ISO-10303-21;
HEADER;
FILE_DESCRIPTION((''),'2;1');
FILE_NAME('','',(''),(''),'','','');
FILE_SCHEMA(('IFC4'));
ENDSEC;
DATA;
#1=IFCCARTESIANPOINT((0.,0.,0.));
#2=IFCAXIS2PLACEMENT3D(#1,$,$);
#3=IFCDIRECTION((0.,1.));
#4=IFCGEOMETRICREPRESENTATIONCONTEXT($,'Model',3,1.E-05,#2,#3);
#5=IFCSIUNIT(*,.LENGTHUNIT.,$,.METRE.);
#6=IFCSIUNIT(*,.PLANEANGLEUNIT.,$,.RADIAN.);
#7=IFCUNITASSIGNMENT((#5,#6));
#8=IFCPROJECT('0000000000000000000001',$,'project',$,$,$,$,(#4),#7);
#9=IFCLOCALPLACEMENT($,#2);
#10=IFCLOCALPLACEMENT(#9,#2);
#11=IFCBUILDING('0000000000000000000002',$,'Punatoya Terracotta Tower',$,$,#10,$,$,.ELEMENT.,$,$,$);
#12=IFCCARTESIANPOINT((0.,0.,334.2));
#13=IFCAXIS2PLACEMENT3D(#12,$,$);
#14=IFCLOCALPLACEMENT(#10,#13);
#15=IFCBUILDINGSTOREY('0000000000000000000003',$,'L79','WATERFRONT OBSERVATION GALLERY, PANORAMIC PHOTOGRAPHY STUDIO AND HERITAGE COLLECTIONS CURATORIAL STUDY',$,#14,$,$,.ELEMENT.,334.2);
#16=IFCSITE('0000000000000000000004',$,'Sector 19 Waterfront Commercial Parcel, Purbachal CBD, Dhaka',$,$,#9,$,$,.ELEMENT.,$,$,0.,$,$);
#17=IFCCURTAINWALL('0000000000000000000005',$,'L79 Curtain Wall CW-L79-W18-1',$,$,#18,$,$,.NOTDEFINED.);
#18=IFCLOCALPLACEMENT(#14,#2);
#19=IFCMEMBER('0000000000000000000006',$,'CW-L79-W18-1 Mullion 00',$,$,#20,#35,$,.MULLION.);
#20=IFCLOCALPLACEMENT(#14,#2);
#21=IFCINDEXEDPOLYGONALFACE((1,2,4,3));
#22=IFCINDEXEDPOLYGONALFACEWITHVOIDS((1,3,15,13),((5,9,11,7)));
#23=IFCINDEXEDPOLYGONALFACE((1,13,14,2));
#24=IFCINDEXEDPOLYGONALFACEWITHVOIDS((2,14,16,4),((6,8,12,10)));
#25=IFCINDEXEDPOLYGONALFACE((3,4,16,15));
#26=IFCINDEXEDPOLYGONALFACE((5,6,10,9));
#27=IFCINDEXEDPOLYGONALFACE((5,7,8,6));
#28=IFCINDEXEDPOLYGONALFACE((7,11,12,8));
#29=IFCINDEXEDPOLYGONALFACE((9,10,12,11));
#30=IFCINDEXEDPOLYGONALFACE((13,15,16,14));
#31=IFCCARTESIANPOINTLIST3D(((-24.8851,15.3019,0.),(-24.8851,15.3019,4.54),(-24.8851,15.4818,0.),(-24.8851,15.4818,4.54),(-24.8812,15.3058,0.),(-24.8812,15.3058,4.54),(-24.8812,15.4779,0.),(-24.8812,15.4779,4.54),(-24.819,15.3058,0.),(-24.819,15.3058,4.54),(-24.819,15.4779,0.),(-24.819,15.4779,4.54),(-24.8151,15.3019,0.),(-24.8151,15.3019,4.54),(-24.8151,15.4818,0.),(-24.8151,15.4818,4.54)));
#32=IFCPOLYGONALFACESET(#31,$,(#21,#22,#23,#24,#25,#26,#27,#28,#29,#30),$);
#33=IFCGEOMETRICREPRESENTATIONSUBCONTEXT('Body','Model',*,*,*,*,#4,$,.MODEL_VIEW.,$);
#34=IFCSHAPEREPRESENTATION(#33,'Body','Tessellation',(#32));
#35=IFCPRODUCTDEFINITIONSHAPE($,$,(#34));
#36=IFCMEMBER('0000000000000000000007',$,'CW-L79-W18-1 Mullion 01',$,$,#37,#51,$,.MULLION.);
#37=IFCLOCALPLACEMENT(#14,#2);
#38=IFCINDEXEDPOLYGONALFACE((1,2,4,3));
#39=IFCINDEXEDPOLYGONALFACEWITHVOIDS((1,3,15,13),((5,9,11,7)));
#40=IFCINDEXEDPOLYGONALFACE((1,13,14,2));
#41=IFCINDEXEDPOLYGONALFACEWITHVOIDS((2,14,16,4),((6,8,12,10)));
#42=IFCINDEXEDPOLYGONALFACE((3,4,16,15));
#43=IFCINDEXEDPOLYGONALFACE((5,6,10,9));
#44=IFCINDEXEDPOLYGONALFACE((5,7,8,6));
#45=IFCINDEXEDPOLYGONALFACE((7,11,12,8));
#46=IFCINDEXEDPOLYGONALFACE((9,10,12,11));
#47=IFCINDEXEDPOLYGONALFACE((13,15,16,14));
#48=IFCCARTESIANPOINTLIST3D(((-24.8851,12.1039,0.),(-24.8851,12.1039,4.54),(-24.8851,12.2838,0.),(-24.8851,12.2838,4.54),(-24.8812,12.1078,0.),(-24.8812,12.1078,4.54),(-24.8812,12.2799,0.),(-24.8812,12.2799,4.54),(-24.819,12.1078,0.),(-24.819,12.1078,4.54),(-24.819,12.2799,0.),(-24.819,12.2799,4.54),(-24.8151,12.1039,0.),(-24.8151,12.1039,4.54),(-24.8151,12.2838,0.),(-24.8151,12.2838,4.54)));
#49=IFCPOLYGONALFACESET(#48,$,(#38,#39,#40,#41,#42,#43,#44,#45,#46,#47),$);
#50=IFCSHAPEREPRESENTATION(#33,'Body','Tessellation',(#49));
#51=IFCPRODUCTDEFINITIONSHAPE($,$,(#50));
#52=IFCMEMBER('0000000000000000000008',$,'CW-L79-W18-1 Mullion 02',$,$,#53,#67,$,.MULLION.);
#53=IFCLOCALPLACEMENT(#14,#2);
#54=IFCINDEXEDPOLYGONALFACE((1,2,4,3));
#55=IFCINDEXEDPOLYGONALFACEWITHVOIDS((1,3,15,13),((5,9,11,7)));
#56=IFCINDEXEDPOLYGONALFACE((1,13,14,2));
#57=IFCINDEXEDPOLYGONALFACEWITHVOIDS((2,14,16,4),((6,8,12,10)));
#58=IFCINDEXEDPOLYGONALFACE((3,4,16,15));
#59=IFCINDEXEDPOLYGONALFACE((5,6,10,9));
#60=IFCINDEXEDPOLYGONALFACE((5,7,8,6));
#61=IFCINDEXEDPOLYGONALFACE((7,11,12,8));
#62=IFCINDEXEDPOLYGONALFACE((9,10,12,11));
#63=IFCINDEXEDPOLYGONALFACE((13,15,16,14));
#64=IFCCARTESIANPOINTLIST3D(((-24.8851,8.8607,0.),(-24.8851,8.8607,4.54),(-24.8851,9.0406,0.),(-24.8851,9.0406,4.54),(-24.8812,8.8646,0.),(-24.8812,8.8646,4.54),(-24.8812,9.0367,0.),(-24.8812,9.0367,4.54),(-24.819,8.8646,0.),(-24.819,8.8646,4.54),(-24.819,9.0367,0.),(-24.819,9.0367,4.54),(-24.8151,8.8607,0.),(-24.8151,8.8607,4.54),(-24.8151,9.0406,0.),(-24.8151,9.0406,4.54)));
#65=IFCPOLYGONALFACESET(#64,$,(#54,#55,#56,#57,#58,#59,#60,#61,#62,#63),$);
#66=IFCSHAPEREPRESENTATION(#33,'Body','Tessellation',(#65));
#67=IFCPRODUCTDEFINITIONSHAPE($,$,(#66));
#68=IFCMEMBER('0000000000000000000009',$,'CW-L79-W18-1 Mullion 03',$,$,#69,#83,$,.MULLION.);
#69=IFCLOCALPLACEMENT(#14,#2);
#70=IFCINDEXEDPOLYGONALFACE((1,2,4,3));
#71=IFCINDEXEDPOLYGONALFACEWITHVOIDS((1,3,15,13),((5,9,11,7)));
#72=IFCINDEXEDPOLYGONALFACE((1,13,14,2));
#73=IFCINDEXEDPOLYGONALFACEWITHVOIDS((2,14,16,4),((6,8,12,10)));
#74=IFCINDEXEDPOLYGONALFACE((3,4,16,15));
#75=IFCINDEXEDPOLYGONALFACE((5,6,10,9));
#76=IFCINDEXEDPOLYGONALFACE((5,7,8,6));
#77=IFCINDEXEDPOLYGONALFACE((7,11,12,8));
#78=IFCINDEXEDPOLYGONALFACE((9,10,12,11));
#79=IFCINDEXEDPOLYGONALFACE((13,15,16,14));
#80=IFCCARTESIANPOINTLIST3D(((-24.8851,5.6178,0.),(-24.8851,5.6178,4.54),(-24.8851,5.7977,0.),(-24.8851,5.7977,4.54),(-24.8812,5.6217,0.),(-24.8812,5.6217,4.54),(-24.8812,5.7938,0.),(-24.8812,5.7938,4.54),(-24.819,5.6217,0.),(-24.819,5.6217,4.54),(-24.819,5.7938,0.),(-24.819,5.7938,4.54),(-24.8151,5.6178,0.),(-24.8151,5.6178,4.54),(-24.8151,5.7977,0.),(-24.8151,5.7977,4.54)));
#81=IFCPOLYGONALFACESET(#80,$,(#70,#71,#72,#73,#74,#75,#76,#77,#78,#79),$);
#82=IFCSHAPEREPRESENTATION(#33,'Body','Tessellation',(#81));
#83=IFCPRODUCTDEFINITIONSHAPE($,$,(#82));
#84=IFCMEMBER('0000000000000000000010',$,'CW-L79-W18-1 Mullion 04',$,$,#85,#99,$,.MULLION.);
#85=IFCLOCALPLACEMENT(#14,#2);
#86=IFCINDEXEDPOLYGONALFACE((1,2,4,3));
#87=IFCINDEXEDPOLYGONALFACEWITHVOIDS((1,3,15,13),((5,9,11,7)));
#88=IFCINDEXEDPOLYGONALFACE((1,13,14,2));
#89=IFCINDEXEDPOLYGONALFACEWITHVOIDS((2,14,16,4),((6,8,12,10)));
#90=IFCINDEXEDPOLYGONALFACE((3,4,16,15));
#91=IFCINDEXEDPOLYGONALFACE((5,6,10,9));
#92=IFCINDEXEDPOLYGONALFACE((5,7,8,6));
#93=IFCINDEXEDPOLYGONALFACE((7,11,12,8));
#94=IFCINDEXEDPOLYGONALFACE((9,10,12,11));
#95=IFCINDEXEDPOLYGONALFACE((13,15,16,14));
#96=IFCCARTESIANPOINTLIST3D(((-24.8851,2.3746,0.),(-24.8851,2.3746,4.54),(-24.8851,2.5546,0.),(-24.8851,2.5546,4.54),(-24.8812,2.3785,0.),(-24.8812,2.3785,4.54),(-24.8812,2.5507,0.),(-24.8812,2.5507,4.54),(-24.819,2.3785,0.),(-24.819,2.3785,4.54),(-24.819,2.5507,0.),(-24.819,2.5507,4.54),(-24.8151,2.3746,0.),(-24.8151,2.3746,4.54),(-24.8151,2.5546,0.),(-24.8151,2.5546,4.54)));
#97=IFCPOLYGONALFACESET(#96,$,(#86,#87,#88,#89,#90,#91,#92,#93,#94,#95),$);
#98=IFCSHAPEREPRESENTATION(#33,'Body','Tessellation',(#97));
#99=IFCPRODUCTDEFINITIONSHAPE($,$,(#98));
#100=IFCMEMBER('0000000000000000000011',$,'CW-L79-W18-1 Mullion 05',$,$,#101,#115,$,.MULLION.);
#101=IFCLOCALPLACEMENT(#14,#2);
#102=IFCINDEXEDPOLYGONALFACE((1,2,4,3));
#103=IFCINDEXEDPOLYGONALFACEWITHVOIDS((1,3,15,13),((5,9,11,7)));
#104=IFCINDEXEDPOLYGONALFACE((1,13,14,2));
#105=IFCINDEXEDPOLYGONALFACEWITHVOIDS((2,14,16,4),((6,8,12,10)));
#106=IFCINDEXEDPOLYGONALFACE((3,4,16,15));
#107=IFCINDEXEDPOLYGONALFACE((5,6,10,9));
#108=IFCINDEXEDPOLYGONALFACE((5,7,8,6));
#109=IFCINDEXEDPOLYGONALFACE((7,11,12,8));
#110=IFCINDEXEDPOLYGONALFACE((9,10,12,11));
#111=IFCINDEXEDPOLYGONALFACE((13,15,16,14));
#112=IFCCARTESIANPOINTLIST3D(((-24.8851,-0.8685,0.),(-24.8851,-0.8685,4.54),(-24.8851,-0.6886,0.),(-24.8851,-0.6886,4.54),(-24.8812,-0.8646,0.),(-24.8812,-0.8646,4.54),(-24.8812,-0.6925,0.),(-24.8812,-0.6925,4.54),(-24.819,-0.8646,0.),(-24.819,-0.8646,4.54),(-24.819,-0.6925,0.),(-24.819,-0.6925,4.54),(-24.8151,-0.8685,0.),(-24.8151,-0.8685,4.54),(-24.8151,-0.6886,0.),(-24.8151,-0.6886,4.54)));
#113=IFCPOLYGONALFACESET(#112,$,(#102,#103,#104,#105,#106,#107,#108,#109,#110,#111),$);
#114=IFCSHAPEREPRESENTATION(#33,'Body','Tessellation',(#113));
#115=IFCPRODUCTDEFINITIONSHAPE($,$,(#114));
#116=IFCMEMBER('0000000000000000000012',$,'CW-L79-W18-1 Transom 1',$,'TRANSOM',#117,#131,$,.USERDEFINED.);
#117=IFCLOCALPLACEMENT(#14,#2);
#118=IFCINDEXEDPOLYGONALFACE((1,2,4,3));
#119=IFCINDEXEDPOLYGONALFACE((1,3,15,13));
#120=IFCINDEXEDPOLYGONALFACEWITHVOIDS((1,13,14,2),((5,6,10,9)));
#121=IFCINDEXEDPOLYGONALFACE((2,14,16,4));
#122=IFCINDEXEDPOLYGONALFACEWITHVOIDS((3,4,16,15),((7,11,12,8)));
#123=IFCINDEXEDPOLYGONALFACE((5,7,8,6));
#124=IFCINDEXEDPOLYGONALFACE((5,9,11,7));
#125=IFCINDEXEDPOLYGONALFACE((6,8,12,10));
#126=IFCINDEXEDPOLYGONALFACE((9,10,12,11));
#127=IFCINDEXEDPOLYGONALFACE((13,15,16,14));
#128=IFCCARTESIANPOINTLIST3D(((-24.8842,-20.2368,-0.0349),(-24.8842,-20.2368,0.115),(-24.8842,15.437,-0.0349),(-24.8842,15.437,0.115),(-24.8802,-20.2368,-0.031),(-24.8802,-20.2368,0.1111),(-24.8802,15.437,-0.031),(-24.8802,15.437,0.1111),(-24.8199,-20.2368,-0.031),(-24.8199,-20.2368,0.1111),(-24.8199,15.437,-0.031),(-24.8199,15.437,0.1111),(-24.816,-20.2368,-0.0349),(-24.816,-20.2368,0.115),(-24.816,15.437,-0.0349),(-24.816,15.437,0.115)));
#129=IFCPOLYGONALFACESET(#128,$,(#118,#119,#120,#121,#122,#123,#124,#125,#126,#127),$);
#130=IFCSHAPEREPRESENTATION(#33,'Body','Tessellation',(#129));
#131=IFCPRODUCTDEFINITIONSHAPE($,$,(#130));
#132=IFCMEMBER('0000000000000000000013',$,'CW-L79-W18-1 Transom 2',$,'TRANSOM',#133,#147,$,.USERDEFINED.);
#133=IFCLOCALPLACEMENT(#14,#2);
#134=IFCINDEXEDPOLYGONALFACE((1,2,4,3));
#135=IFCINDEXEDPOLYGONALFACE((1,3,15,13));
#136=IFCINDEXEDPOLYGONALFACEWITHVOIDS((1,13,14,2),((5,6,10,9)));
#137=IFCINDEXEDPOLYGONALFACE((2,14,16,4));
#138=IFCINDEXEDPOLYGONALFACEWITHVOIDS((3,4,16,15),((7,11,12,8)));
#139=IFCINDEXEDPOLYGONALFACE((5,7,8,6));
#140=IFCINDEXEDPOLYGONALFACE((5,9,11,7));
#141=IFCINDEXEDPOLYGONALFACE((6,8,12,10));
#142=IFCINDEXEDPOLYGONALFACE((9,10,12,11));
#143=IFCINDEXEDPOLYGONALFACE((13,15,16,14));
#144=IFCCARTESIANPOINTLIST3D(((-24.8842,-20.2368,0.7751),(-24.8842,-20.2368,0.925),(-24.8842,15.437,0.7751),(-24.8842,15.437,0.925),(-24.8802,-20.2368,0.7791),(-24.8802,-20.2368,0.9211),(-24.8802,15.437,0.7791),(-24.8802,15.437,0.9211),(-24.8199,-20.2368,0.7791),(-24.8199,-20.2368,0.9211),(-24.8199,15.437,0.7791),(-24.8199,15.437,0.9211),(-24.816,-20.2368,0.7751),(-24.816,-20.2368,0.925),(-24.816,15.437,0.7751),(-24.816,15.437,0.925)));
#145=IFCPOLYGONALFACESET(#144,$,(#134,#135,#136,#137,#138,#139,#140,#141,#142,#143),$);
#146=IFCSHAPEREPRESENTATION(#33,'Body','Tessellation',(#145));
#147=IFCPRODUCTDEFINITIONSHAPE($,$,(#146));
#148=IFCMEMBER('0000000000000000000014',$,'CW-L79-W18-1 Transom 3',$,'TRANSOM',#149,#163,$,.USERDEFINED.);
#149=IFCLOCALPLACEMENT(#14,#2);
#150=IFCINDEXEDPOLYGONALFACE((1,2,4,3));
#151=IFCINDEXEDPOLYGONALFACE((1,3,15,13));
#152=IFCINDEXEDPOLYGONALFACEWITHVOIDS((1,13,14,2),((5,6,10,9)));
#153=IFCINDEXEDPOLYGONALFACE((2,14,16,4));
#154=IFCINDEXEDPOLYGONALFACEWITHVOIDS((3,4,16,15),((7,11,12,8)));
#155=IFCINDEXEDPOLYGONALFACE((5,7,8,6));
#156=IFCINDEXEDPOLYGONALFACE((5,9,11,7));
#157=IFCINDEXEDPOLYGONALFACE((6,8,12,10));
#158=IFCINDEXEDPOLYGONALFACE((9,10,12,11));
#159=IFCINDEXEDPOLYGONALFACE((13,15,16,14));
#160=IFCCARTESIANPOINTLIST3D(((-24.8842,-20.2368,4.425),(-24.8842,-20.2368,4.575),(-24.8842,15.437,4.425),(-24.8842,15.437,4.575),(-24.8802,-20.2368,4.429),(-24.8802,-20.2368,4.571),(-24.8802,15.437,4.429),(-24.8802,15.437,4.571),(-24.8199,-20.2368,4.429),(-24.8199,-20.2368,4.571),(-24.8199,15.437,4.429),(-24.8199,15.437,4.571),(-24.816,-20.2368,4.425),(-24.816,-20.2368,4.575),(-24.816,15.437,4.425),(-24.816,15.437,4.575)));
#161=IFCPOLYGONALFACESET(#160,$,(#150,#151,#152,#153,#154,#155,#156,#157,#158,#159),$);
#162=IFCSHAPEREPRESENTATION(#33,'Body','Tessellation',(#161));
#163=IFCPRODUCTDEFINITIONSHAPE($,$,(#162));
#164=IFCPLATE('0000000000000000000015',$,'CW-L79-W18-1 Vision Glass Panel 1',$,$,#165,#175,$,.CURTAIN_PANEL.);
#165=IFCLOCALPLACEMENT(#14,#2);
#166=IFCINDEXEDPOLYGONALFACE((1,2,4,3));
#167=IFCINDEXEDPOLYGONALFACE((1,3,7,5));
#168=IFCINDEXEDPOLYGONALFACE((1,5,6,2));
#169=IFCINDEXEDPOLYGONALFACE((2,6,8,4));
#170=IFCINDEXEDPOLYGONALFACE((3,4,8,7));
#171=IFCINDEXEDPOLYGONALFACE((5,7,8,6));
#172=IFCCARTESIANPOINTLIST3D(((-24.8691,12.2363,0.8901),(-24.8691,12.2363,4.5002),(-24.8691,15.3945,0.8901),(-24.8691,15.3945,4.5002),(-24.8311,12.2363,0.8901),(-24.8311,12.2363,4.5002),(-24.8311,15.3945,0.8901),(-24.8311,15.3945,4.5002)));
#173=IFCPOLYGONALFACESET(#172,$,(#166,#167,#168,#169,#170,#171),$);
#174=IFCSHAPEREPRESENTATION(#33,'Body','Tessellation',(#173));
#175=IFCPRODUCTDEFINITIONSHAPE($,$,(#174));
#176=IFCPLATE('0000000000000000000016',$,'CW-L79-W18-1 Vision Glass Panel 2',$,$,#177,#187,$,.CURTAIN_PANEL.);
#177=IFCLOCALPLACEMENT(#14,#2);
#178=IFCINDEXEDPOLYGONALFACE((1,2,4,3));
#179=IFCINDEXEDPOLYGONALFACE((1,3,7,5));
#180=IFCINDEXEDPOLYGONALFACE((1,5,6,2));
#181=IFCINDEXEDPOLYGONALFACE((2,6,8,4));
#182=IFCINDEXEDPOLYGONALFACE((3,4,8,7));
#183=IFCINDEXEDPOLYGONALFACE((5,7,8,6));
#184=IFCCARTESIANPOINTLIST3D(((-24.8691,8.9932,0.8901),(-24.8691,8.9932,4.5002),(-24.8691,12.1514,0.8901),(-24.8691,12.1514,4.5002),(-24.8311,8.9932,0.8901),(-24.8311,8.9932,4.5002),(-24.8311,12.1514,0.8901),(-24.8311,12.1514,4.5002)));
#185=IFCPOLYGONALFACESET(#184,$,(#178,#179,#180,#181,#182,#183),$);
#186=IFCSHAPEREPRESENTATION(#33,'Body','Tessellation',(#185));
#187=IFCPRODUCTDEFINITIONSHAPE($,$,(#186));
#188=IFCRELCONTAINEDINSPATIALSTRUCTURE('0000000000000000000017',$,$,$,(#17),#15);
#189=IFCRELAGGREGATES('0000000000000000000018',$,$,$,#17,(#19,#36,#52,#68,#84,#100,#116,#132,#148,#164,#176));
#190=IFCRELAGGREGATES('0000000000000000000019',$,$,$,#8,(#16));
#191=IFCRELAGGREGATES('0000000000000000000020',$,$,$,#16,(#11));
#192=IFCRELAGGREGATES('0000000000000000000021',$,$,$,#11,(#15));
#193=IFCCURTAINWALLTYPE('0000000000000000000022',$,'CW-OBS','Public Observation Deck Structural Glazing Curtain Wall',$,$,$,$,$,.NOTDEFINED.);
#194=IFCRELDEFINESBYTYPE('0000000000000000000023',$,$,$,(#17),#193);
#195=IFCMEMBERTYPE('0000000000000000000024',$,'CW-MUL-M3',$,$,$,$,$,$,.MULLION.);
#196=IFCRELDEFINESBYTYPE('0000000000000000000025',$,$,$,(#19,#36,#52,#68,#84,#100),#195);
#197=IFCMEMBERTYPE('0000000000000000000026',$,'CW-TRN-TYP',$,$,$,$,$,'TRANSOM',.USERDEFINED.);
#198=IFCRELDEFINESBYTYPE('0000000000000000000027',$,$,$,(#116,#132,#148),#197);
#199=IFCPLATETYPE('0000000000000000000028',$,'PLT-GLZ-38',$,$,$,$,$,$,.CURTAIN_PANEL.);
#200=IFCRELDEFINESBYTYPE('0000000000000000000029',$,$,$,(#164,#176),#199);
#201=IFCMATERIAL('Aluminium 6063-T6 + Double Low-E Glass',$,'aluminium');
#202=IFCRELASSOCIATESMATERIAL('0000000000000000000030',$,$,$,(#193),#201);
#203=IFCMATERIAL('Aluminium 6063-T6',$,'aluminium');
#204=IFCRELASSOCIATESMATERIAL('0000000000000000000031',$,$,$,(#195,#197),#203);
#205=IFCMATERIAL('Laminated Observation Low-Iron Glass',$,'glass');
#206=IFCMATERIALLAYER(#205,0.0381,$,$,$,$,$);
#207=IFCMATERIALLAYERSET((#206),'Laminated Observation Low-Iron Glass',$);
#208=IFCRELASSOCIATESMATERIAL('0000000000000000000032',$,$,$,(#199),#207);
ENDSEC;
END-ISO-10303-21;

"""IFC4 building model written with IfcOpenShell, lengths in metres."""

from ifc_helpers import new_model, si_unit, direction, frame, origin, origin_2d, place, context, subcontext, project, spatial, rectangle, hollow_rectangle, extrude, material, layer, layer_set, material_profile, profile_set, type_object, element, aggregate, save


model = new_model("IFC4")

# Units and contexts
model_context = context("Model", 3, precision=1e-05, world=origin(), true_north=direction((0.0, 1.0)))
body_context = subcontext(model_context, "Body", "Model", "MODEL_VIEW")
ifc_project = project(units=[si_unit("LENGTHUNIT", "METRE"), si_unit("PLANEANGLEUNIT", "RADIAN")], contexts=[model_context])

# Site, building, storey
site_placement = place(None, origin())
site = spatial("IfcSite", under=ifc_project, at=site_placement, Name="Sector 19 Waterfront Commercial Parcel, Purbachal CBD, Dhaka", CompositionType="ELEMENT", RefElevation=0.0)
building_placement = place(site_placement, origin())
building = spatial("IfcBuilding", under=site, at=building_placement, Name="Punatoya Terracotta Tower", CompositionType="ELEMENT")
storey_placement = place(building_placement, frame((0.0, 0.0, 334.2)))
storey = spatial("IfcBuildingStorey", under=building, at=storey_placement, Name="L79", Description="WATERFRONT OBSERVATION GALLERY, PANORAMIC PHOTOGRAPHY STUDIO AND HERITAGE COLLECTIONS CURATORIAL STUDY", CompositionType="ELEMENT", Elevation=334.2)

# Curtain wall, members, plates
ifc_material_1 = material(Name="Aluminium 6063-T6 + Double Low-E Glass", Category="aluminium")
curtain_wall_type = type_object("IfcCurtainWallType", Name="CW-OBS", Description="Public Observation Deck Structural Glazing Curtain Wall", PredefinedType="NOTDEFINED", material=ifc_material_1)
curtain_wall_placement = place(storey_placement, origin())
curtain_wall = element("IfcCurtainWall", 1, at=curtain_wall_placement, inside=storey, type_object=curtain_wall_type, Name="L79 Curtain Wall CW-L79-W18-1", PredefinedType="NOTDEFINED")
ifc_material_2 = material(Name="Aluminium 6063-T6", Category="aluminium")
ifc_material_profile_1 = material_profile(ifc_material_2, hollow_rectangle(XDim=0.0701, YDim=0.1799, WallThickness=0.0039, at=origin_2d()))
ifc_profile_set_1 = profile_set([ifc_material_profile_1], Name="Aluminium 6063-T6")
member_type_1 = type_object("IfcMemberType", Name="CW-MUL-M3", PredefinedType="MULLION", material=ifc_profile_set_1)
member_1_placement = place(storey_placement, frame((-24.8501, 15.3918, 0.0), z_axis=(0.0, 0.0, 1.0), x_axis=(1.0, 0.0, 0.0)))
member_1 = element("IfcMember", 2, at=member_1_placement, type_object=member_type_1, Name="CW-L79-W18-1 Mullion 00", PredefinedType="MULLION", context=body_context, shape_type="SweptSolid", body=[
    extrude(hollow_rectangle(XDim=0.0701, YDim=0.1799, WallThickness=0.0039, at=origin_2d()), origin(), (0.0, 0.0, 1.0), 4.54),
])
member_2_placement = place(storey_placement, frame((-24.8501, 12.1938, 0.0), z_axis=(0.0, 0.0, 1.0), x_axis=(1.0, 0.0, 0.0)))
member_2 = element("IfcMember", 3, at=member_2_placement, type_object=member_type_1, Name="CW-L79-W18-1 Mullion 01", PredefinedType="MULLION", context=body_context, shape_type="SweptSolid", body=[
    extrude(hollow_rectangle(XDim=0.0701, YDim=0.1799, WallThickness=0.0039, at=origin_2d()), origin(), (0.0, 0.0, 1.0), 4.54),
])
member_3_placement = place(storey_placement, frame((-24.8501, 8.9507, 0.0), z_axis=(0.0, 0.0, 1.0), x_axis=(1.0, 0.0, 0.0)))
member_3 = element("IfcMember", 4, at=member_3_placement, type_object=member_type_1, Name="CW-L79-W18-1 Mullion 02", PredefinedType="MULLION", context=body_context, shape_type="SweptSolid", body=[
    extrude(hollow_rectangle(XDim=0.0701, YDim=0.1799, WallThickness=0.0039, at=origin_2d()), origin(), (0.0, 0.0, 1.0), 4.54),
])
member_4_placement = place(storey_placement, frame((-24.8501, 5.7078, 0.0), z_axis=(0.0, 0.0, 1.0), x_axis=(1.0, 0.0, 0.0)))
member_4 = element("IfcMember", 5, at=member_4_placement, type_object=member_type_1, Name="CW-L79-W18-1 Mullion 03", PredefinedType="MULLION", context=body_context, shape_type="SweptSolid", body=[
    extrude(hollow_rectangle(XDim=0.0701, YDim=0.1799, WallThickness=0.0039, at=origin_2d()), origin(), (0.0, 0.0, 1.0), 4.54),
])
member_5_placement = place(storey_placement, frame((-24.8501, 2.4646, 0.0), z_axis=(0.0, 0.0, 1.0), x_axis=(1.0, 0.0, 0.0)))
member_5 = element("IfcMember", 6, at=member_5_placement, type_object=member_type_1, Name="CW-L79-W18-1 Mullion 04", PredefinedType="MULLION", context=body_context, shape_type="SweptSolid", body=[
    extrude(hollow_rectangle(XDim=0.0701, YDim=0.1799, WallThickness=0.0039, at=origin_2d()), origin(), (0.0, 0.0, 1.0), 4.54),
])
member_6_placement = place(storey_placement, frame((-24.8501, -0.7786, 0.0), z_axis=(0.0, 0.0, 1.0), x_axis=(1.0, 0.0, 0.0)))
member_6 = element("IfcMember", 7, at=member_6_placement, type_object=member_type_1, Name="CW-L79-W18-1 Mullion 05", PredefinedType="MULLION", context=body_context, shape_type="SweptSolid", body=[
    extrude(hollow_rectangle(XDim=0.0701, YDim=0.1799, WallThickness=0.0039, at=origin_2d()), origin(), (0.0, 0.0, 1.0), 4.54),
])
ifc_material_profile_2 = material_profile(ifc_material_2, hollow_rectangle(XDim=0.0681, YDim=0.1499, WallThickness=0.0039, at=origin_2d()))
ifc_profile_set_2 = profile_set([ifc_material_profile_2], Name="Aluminium 6063-T6")
member_type_2 = type_object("IfcMemberType", Name="CW-TRN-TYP", ElementType="TRANSOM", PredefinedType="USERDEFINED", material=ifc_profile_set_2)
member_7_placement = place(storey_placement, frame((-24.8501, 15.437, 0.04), z_axis=(0.0, -1.0, 0.0), x_axis=(1.0, 0.0, 0.0)))
member_7 = element("IfcMember", 8, at=member_7_placement, type_object=member_type_2, Name="CW-L79-W18-1 Transom 1", ObjectType="TRANSOM", PredefinedType="USERDEFINED", context=body_context, shape_type="SweptSolid", body=[
    extrude(hollow_rectangle(XDim=0.0681, YDim=0.1499, WallThickness=0.0039, at=origin_2d()), origin(), (0.0, 0.0, 1.0), 35.6738),
])
member_8_placement = place(storey_placement, frame((-24.8501, 15.437, 0.8501), z_axis=(0.0, -1.0, 0.0), x_axis=(1.0, 0.0, 0.0)))
member_8 = element("IfcMember", 9, at=member_8_placement, type_object=member_type_2, Name="CW-L79-W18-1 Transom 2", ObjectType="TRANSOM", PredefinedType="USERDEFINED", context=body_context, shape_type="SweptSolid", body=[
    extrude(hollow_rectangle(XDim=0.0681, YDim=0.1499, WallThickness=0.0039, at=origin_2d()), origin(), (0.0, 0.0, 1.0), 35.6738),
])
member_9_placement = place(storey_placement, frame((-24.8501, 15.437, 4.5), z_axis=(0.0, -1.0, 0.0), x_axis=(1.0, 0.0, 0.0)))
member_9 = element("IfcMember", 10, at=member_9_placement, type_object=member_type_2, Name="CW-L79-W18-1 Transom 3", ObjectType="TRANSOM", PredefinedType="USERDEFINED", context=body_context, shape_type="SweptSolid", body=[
    extrude(hollow_rectangle(XDim=0.0681, YDim=0.1499, WallThickness=0.0039, at=origin_2d()), origin(), (0.0, 0.0, 1.0), 35.6738),
])
ifc_material_3 = material(Name="Laminated Observation Low-Iron Glass", Category="glass")
ifc_layer_1 = layer(ifc_material_3, 0.0381)
ifc_layer_set_1 = layer_set([ifc_layer_1], Name="Laminated Observation Low-Iron Glass")
plate_type_1 = type_object("IfcPlateType", Name="PLT-GLZ-38", PredefinedType="CURTAIN_PANEL", material=ifc_layer_set_1)
plate_1_placement = place(storey_placement, frame((-24.8501, 13.8154, 0.8901), z_axis=(0.0, 0.0, 1.0), x_axis=(0.0, -1.0, 0.0)))
plate_1 = element("IfcPlate", 11, at=plate_1_placement, type_object=plate_type_1, Name="CW-L79-W18-1 Vision Glass Panel 1", PredefinedType="CURTAIN_PANEL", context=body_context, shape_type="SweptSolid", body=[
    extrude(rectangle(XDim=3.1582, YDim=0.0381, at=origin_2d()), origin(), (0.0, 0.0, 1.0), 3.6101),
])
plate_2_placement = place(storey_placement, frame((-24.8501, 10.5723, 0.8901), z_axis=(0.0, 0.0, 1.0), x_axis=(0.0, -1.0, 0.0)))
plate_2 = element("IfcPlate", 12, at=plate_2_placement, type_object=plate_type_1, Name="CW-L79-W18-1 Vision Glass Panel 2", PredefinedType="CURTAIN_PANEL", context=body_context, shape_type="SweptSolid", body=[
    extrude(rectangle(XDim=3.1582, YDim=0.0381, at=origin_2d()), origin(), (0.0, 0.0, 1.0), 3.6101),
])
aggregate(curtain_wall, [member_1, member_2, member_3, member_4, member_5, member_6, member_7, member_8, member_9, plate_1, plate_2])

save(model, "model.ifc")
